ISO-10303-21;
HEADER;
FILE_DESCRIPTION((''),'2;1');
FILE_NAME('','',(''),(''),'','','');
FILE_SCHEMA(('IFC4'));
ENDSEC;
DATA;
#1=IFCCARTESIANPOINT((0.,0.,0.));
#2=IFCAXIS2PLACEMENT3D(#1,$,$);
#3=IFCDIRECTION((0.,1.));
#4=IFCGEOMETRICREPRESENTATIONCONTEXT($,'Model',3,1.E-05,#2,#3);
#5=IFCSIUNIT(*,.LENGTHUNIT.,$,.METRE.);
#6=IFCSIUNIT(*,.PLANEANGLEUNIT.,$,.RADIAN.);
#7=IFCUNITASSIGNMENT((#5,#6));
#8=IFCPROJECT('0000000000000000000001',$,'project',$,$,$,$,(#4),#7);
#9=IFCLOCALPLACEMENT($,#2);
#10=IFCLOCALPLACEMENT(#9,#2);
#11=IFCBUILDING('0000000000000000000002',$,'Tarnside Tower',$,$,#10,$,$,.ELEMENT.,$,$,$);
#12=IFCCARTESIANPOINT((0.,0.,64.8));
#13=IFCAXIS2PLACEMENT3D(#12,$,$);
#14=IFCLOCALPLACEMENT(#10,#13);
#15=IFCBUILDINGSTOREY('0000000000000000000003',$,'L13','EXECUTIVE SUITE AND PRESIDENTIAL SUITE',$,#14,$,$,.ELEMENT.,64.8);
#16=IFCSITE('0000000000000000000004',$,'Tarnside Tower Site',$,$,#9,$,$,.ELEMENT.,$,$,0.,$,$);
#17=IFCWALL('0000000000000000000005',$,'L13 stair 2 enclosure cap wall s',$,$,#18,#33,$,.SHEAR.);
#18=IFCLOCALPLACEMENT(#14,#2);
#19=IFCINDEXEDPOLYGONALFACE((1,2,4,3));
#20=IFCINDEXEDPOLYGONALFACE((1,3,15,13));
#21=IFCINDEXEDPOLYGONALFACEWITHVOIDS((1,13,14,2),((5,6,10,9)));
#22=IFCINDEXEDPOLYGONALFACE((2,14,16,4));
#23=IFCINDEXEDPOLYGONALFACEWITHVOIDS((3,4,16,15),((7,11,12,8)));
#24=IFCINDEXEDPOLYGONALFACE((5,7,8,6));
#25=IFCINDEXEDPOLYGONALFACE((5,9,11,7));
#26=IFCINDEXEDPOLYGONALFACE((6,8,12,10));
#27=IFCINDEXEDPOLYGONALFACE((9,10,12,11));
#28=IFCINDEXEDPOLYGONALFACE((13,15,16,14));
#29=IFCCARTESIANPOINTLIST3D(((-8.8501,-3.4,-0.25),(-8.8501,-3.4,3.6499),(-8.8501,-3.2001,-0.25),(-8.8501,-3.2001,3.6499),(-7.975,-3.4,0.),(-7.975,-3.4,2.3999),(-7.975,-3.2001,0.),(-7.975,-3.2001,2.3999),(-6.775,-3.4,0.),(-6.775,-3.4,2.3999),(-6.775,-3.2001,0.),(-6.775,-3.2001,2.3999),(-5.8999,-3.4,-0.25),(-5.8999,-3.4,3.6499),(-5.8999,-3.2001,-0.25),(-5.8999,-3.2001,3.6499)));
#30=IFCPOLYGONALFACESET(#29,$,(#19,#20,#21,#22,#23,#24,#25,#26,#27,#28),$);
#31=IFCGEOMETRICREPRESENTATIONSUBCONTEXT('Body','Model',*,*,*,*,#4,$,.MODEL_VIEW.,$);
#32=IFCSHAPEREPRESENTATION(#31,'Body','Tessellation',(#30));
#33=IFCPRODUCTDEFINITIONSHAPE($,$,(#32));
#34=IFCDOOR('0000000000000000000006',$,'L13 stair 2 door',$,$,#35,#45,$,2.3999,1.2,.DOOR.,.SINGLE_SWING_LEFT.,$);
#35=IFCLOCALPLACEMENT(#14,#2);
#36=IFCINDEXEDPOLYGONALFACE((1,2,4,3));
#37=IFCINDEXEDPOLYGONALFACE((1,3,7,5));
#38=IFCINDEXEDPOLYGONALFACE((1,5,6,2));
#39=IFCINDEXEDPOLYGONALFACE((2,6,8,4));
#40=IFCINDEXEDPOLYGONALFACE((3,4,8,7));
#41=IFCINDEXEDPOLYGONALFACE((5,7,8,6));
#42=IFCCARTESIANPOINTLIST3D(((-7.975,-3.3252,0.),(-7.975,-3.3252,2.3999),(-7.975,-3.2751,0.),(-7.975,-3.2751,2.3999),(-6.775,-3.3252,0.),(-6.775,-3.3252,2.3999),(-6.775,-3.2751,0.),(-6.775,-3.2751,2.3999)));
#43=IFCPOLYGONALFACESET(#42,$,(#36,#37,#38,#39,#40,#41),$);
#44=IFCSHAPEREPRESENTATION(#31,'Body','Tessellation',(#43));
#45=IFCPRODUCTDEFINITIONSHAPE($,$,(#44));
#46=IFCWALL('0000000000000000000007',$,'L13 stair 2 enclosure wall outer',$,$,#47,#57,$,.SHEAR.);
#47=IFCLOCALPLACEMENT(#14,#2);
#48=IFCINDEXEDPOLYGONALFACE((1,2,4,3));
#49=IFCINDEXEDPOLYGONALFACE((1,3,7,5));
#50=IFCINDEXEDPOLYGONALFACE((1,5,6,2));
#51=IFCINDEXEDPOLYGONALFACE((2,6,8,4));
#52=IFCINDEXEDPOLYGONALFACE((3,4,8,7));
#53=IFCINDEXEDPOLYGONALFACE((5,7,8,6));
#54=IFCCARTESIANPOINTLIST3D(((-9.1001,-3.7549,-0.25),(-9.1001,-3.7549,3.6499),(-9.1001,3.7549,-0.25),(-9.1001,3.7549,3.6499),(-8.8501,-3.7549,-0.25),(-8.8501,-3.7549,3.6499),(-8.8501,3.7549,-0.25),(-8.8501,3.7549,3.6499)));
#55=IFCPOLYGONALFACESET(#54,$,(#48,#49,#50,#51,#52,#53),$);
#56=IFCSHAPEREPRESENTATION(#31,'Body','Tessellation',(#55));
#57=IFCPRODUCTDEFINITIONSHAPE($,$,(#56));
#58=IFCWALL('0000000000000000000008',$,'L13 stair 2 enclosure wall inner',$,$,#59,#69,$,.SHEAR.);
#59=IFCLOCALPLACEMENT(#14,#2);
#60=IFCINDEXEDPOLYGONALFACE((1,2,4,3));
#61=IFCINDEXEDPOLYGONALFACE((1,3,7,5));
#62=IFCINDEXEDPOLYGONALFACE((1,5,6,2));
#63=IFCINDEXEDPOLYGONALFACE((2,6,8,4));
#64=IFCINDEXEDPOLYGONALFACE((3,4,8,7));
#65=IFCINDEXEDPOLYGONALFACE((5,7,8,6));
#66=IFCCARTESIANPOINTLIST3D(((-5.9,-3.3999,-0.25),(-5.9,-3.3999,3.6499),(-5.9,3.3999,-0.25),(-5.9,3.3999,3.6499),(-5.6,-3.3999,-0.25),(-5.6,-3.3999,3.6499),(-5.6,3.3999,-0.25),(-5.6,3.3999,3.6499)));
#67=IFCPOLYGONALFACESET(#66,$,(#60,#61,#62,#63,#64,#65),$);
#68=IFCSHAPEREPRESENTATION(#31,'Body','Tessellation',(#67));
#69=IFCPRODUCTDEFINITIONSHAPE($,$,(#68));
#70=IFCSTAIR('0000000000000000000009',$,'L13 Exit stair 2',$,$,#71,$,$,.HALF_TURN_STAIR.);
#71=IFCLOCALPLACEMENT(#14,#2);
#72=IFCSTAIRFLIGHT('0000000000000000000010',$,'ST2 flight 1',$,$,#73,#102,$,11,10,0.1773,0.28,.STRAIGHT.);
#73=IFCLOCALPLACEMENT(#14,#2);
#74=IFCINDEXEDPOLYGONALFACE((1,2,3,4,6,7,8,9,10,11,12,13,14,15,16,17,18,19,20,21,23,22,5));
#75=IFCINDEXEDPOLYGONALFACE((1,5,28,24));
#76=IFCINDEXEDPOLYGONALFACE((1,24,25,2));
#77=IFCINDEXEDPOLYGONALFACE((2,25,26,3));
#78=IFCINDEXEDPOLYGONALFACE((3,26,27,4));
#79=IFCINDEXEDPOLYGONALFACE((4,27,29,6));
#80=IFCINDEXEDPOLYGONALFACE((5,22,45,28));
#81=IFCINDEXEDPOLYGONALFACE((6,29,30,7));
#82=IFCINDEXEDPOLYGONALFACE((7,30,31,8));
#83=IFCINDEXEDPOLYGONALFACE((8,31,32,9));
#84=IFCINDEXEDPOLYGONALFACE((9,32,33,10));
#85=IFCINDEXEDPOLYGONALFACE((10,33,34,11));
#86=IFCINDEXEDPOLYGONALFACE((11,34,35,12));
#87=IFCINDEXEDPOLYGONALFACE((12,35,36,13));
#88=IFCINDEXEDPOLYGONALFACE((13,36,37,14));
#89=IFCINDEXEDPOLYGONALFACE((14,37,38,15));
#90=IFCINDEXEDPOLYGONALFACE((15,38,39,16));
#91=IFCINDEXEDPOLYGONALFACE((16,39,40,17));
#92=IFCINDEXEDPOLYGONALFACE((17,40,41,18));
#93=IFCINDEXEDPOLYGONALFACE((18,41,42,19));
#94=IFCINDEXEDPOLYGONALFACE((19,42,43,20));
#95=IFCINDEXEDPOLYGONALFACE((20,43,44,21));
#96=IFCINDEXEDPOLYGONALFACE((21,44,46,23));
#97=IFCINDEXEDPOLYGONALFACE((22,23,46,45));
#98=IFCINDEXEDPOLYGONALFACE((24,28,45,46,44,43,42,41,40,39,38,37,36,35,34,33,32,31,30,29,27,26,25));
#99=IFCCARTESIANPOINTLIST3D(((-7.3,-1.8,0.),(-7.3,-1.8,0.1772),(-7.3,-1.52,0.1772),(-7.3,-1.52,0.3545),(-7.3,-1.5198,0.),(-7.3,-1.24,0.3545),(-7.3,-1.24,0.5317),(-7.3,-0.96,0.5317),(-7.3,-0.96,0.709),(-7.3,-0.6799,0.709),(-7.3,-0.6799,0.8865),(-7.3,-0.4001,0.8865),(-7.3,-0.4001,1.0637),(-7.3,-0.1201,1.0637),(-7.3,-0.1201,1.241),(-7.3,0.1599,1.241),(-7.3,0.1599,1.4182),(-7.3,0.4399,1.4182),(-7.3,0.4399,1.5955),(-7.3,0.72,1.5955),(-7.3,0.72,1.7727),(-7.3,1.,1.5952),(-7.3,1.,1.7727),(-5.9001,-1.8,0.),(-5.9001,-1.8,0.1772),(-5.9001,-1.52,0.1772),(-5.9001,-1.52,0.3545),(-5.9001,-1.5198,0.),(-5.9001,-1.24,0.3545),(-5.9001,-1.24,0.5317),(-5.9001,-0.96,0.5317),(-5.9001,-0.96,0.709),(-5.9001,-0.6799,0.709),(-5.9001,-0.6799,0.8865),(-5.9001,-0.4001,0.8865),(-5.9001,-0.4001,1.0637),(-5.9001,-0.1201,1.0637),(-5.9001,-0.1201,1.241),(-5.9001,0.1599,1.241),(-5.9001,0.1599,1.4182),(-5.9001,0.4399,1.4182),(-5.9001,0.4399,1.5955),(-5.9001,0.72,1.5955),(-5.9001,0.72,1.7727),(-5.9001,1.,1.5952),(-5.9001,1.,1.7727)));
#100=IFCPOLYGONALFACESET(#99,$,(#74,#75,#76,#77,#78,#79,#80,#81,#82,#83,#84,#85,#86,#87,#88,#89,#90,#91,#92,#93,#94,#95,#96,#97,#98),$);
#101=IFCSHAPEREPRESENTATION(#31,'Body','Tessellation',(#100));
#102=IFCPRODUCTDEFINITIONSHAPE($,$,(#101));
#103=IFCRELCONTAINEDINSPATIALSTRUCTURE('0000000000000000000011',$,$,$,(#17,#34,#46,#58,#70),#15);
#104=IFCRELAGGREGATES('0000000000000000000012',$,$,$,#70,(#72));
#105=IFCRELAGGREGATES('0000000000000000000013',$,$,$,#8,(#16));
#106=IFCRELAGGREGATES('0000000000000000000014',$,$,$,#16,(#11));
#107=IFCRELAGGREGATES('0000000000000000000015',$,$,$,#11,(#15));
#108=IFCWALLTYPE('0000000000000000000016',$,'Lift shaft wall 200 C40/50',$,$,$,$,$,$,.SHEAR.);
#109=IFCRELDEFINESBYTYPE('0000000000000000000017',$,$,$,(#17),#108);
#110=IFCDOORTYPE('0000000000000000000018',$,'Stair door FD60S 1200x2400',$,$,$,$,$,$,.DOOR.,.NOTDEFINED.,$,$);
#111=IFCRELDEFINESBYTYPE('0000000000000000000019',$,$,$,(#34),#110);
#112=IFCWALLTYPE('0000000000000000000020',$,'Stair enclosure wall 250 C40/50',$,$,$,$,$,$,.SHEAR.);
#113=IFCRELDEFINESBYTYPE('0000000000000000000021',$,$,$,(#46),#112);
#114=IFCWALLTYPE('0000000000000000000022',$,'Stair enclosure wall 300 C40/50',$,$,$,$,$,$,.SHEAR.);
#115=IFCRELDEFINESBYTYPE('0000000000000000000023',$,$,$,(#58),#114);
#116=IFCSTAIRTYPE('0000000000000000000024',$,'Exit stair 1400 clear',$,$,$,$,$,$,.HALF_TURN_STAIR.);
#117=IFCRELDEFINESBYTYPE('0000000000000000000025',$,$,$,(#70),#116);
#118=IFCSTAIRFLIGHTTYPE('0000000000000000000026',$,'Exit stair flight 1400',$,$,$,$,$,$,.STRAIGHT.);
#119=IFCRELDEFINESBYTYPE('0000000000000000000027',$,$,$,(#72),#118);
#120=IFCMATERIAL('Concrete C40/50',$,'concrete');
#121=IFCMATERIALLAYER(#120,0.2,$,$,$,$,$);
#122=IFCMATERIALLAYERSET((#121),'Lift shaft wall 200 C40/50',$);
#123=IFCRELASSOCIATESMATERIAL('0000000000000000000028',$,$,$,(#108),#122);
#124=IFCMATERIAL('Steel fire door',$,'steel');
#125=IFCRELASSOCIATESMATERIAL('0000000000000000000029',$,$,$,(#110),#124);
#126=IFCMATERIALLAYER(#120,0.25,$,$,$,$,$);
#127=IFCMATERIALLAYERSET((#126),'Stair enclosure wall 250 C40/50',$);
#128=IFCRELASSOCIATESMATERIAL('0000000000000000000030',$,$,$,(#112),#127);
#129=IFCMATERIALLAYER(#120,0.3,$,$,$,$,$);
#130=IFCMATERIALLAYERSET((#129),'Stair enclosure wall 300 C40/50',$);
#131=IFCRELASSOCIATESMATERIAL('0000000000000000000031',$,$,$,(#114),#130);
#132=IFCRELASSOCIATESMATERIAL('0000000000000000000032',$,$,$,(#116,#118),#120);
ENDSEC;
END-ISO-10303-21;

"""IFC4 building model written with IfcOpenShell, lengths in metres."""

from ifc_helpers import new_model, si_unit, direction, frame, frame_2d, origin, place, context, subcontext, project, spatial, polyline, rectangle, outline, extrude, material, layer, layer_set, type_object, element, fill, aggregate, save


model = new_model("IFC4")

# Units and contexts
model_context = context("Model", 3, precision=1e-05, world=origin(), true_north=direction((0.0, 1.0)))
body_context = subcontext(model_context, "Body", "Model", "MODEL_VIEW")
ifc_project = project(units=[si_unit("LENGTHUNIT", "METRE"), si_unit("PLANEANGLEUNIT", "RADIAN")], contexts=[model_context])

# Site, building, storey
site_placement = place(None, origin())
site = spatial("IfcSite", under=ifc_project, at=site_placement, Name="Tarnside Tower Site", CompositionType="ELEMENT", RefElevation=0.0)
building_placement = place(site_placement, origin())
building = spatial("IfcBuilding", under=site, at=building_placement, Name="Tarnside Tower", CompositionType="ELEMENT")
storey_placement = place(building_placement, frame((0.0, 0.0, 64.8)))
storey = spatial("IfcBuildingStorey", under=building, at=storey_placement, Name="L13", Description="EXECUTIVE SUITE AND PRESIDENTIAL SUITE", CompositionType="ELEMENT", Elevation=64.8)

# Shared definitions
ifc_material_1 = material(Name="Concrete C40/50", Category="concrete")

# Shared definitions
ifc_material_2 = material(Name="Steel fire door", Category="steel")

# Shared definitions
ifc_layer_1 = layer(ifc_material_1, 0.2)
ifc_layer_set_1 = layer_set([ifc_layer_1], Name="Lift shaft wall 200 C40/50")
wall_type_1 = type_object("IfcWallType", Name="Lift shaft wall 200 C40/50", PredefinedType="SHEAR", material=ifc_layer_set_1)

# Wall, opening, door
wall_1_placement = place(storey_placement, frame((-8.8501, -3.3, -0.25), z_axis=(0.0, 0.0, 1.0), x_axis=(1.0, 0.0, 0.0)))
wall_1 = element("IfcWall", 1, at=wall_1_placement, inside=storey, type_object=wall_type_1, Name="L13 stair 2 enclosure cap wall s", PredefinedType="SHEAR", context=body_context, shape_type="SweptSolid", body=[
    extrude(rectangle(XDim=2.9502, YDim=0.2, at=frame_2d((1.4751, 0.0))), origin(), (0.0, 0.0, 1.0), 3.8999),
])
opening_1_placement = place(wall_1_placement, frame((0.875, 0.0, 0.25)))
opening_1 = element("IfcOpeningElement", 2, at=opening_1_placement, cuts=wall_1, PredefinedType="OPENING", context=body_context, shape_type="SweptSolid", body=[
    extrude(rectangle(XDim=1.2, YDim=2.3999, at=frame_2d((0.6001, 1.2))), frame((0.0, 0.1099, 0.0), z_axis=(0.0, -1.0, 0.0), x_axis=(1.0, 0.0, 0.0)), (0.0, 0.0, 1.0), 0.22),
])
door_type_1 = type_object("IfcDoorType", Name="Stair door FD60S 1200x2400", OperationType="NOTDEFINED", PredefinedType="DOOR", material=ifc_material_2)
door_1_placement = place(opening_1_placement, origin())
door_1 = element("IfcDoor", 3, at=door_1_placement, inside=storey, type_object=door_type_1, Name="L13 stair 2 door", OperationType="SINGLE_SWING_LEFT", OverallHeight=2.3999, OverallWidth=1.2, PredefinedType="DOOR", context=body_context, shape_type="SweptSolid", body=[
    extrude(rectangle(XDim=1.2, YDim=2.3999, at=frame_2d((0.6001, 1.2))), frame((0.0, 0.0249, 0.0), z_axis=(0.0, -1.0, 0.0), x_axis=(1.0, 0.0, 0.0)), (0.0, 0.0, 1.0), 0.05),
])
fill(opening_1, door_1)

# Walls
ifc_layer_2 = layer(ifc_material_1, 0.25)
ifc_layer_set_2 = layer_set([ifc_layer_2], Name="Stair enclosure wall 250 C40/50")
wall_type_2 = type_object("IfcWallType", Name="Stair enclosure wall 250 C40/50", PredefinedType="SHEAR", material=ifc_layer_set_2)
wall_2_placement = place(storey_placement, frame((-8.9751, -3.7549, -0.25), z_axis=(0.0, 0.0, 1.0), x_axis=(0.0, 1.0, 0.0)))
element("IfcWall", 4, at=wall_2_placement, inside=storey, type_object=wall_type_2, Name="L13 stair 2 enclosure wall outer", PredefinedType="SHEAR", context=body_context, shape_type="SweptSolid", body=[
    extrude(rectangle(XDim=7.5098, YDim=0.25, at=frame_2d((3.7549, 0.0))), origin(), (0.0, 0.0, 1.0), 3.8999),
])
ifc_layer_3 = layer(ifc_material_1, 0.3)
ifc_layer_set_3 = layer_set([ifc_layer_3], Name="Stair enclosure wall 300 C40/50")
wall_type_3 = type_object("IfcWallType", Name="Stair enclosure wall 300 C40/50", PredefinedType="SHEAR", material=ifc_layer_set_3)
wall_3_placement = place(storey_placement, frame((-5.75, -3.3999, -0.25), z_axis=(0.0, 0.0, 1.0), x_axis=(0.0, 1.0, 0.0)))
element("IfcWall", 5, at=wall_3_placement, inside=storey, type_object=wall_type_3, Name="L13 stair 2 enclosure wall inner", PredefinedType="SHEAR", context=body_context, shape_type="SweptSolid", body=[
    extrude(rectangle(XDim=6.7998, YDim=0.3, at=frame_2d((3.3999, 0.0))), origin(), (0.0, 0.0, 1.0), 3.8999),
])

# Stair, stair flight
stair_type = type_object("IfcStairType", Name="Exit stair 1400 clear", PredefinedType="HALF_TURN_STAIR", material=ifc_material_1)
stair_placement = place(storey_placement, origin())
stair = element("IfcStair", 6, at=stair_placement, inside=storey, type_object=stair_type, Name="L13 Exit stair 2", PredefinedType="HALF_TURN_STAIR")
stair_flight_type = type_object("IfcStairFlightType", Name="Exit stair flight 1400", PredefinedType="STRAIGHT", material=ifc_material_1)
stair_flight_placement = place(storey_placement, frame((-6.6001, -1.8, 0.0), z_axis=(0.0, 0.0, 1.0), x_axis=(0.0, 1.0, 0.0)))
stair_flight = element("IfcStairFlight", 7, at=stair_flight_placement, type_object=stair_flight_type, Name="ST2 flight 1", NumberOfRisers=11, NumberOfTreads=10, PredefinedType="STRAIGHT", RiserHeight=0.1773, TreadLength=0.28, context=body_context, shape_type="SweptSolid", body=[
    extrude(outline(polyline([(0.0, 0.0), (0.0, 0.1772), (0.28, 0.1772), (0.28, 0.3545), (0.5601, 0.3545), (0.5601, 0.5317), (0.8401, 0.5317), (0.8401, 0.709), (1.1201, 0.709), (1.1201, 0.8865), (1.3999, 0.8865), (1.3999, 1.0637), (1.6799, 1.0637), (1.6799, 1.241), (1.96, 1.241), (1.96, 1.4182), (2.24, 1.4182), (2.24, 1.5955), (2.52, 1.5955), (2.52, 1.7727), (2.8, 1.7727), (2.8, 1.95), (2.8, 1.5952), (0.2803, 0.0), (0.0, 0.0)])), frame((0.0, 0.7, 0.0), z_axis=(0.0, -1.0, 0.0), x_axis=(1.0, 0.0, 0.0)), (0.0, 0.0, 1.0), 1.3999),
])
aggregate(stair, [stair_flight])

save(model, "model.ifc")
